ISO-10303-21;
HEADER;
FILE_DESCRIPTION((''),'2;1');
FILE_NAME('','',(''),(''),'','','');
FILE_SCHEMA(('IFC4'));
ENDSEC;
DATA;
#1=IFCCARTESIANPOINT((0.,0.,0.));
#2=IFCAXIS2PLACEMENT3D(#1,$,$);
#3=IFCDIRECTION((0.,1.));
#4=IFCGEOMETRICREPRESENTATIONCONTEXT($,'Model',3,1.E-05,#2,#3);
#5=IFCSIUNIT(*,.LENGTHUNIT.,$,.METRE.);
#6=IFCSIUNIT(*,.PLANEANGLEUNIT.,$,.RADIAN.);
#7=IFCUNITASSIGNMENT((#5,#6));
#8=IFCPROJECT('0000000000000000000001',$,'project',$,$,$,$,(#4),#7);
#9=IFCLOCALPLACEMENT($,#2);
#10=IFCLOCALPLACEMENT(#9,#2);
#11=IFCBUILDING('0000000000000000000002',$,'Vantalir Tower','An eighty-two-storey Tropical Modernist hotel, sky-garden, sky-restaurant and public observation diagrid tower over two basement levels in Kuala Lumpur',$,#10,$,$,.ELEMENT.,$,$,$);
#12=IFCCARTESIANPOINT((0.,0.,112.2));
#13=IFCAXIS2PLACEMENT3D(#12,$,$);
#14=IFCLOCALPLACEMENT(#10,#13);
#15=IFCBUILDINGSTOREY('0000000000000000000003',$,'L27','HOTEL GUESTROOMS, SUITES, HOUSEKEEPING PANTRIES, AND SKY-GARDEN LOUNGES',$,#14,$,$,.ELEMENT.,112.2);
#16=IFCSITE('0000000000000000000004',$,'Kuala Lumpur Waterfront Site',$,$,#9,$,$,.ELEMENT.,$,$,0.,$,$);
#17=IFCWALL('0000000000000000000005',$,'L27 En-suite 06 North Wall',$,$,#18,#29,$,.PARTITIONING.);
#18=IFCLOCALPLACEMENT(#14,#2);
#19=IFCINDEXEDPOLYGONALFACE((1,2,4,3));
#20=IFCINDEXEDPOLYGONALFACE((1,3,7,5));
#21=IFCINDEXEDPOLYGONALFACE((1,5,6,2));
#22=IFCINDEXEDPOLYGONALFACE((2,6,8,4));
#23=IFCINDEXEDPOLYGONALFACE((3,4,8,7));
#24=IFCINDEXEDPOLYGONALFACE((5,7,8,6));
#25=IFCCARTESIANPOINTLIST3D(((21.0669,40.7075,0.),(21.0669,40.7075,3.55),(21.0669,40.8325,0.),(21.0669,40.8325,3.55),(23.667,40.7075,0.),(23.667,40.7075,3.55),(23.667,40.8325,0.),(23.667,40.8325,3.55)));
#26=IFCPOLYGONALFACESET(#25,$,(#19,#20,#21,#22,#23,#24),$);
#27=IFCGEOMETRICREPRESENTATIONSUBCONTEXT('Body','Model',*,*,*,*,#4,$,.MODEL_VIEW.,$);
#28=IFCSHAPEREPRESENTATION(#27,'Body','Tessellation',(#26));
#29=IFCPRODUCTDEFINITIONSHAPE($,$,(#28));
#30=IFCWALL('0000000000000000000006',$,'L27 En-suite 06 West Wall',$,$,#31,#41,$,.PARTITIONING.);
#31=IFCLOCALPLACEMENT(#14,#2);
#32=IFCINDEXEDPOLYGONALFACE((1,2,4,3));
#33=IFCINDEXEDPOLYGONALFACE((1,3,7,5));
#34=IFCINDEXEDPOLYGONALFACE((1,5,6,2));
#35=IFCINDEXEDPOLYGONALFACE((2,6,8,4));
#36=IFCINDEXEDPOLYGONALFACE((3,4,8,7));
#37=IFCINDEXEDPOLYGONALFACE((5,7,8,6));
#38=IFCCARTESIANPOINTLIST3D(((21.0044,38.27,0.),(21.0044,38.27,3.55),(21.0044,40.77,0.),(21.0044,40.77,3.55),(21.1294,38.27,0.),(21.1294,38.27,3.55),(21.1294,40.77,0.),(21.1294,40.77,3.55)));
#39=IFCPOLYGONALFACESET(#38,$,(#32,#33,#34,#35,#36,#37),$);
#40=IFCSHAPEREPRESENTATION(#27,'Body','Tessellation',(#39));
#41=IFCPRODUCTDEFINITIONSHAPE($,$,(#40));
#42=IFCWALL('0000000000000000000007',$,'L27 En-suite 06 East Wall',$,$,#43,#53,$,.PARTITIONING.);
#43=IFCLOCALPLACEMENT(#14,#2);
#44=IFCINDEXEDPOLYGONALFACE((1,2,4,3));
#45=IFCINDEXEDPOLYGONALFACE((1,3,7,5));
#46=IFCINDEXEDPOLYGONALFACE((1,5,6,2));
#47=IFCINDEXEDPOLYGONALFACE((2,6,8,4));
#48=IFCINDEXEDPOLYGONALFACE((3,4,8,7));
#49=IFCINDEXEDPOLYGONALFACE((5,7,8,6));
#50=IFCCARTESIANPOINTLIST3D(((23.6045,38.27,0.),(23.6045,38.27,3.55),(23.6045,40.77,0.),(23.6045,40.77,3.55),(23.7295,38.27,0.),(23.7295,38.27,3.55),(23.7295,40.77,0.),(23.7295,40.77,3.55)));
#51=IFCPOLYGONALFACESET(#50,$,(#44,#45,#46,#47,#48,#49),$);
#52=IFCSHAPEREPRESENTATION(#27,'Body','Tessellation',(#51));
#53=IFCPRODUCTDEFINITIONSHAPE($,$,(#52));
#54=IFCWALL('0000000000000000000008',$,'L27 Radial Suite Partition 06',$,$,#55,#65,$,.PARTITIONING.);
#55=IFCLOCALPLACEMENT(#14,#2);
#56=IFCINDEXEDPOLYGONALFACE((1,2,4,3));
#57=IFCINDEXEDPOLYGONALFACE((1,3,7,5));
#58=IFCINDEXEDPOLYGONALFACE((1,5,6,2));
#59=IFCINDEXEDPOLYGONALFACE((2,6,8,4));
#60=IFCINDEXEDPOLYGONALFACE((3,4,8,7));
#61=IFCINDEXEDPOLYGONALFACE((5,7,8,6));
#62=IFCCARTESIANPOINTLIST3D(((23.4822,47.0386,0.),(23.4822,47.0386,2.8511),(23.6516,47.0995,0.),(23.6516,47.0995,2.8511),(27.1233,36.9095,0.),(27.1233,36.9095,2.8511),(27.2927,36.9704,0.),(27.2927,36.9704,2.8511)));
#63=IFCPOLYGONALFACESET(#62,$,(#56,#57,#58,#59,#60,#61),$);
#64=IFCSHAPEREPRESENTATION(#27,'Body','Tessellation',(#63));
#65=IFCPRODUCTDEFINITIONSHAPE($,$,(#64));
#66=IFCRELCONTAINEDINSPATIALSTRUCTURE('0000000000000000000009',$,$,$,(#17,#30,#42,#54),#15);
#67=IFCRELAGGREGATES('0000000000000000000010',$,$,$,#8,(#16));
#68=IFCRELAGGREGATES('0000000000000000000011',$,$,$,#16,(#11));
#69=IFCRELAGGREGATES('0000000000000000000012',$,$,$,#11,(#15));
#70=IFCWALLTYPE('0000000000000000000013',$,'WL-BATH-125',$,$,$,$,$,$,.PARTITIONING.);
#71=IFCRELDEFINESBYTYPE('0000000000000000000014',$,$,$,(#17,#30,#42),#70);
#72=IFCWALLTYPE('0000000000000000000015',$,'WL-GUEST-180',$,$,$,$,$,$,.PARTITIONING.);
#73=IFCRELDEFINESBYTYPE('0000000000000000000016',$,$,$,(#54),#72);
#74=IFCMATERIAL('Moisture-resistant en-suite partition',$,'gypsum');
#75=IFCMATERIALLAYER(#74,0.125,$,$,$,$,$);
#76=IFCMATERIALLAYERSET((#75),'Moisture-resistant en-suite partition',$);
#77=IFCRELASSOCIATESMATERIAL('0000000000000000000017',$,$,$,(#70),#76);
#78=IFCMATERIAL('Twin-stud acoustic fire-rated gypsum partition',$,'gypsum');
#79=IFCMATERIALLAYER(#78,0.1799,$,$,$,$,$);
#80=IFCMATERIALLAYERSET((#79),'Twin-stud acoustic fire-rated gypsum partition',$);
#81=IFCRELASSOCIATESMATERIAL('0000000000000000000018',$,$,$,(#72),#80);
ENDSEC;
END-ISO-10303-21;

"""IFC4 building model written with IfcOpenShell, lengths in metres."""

from ifc_helpers import new_model, si_unit, direction, frame, frame_2d, origin, place, context, subcontext, project, spatial, rectangle, extrude, material, layer, layer_set, type_object, element, save


model = new_model("IFC4")

# Units and contexts
model_context = context("Model", 3, precision=1e-05, world=origin(), true_north=direction((0.0, 1.0)))
body_context = subcontext(model_context, "Body", "Model", "MODEL_VIEW")
ifc_project = project(units=[si_unit("LENGTHUNIT", "METRE"), si_unit("PLANEANGLEUNIT", "RADIAN")], contexts=[model_context])

# Site, building, storey
site_placement = place(None, origin())
site = spatial("IfcSite", under=ifc_project, at=site_placement, Name="Kuala Lumpur Waterfront Site", CompositionType="ELEMENT", RefElevation=0.0)
building_placement = place(site_placement, origin())
building = spatial("IfcBuilding", under=site, at=building_placement, Name="Vantalir Tower", Description="An eighty-two-storey Tropical Modernist hotel, sky-garden, sky-restaurant and public observation diagrid tower over two basement levels in Kuala Lumpur", CompositionType="ELEMENT")
storey_placement = place(building_placement, frame((0.0, 0.0, 112.2)))
storey = spatial("IfcBuildingStorey", under=building, at=storey_placement, Name="L27", Description="HOTEL GUESTROOMS, SUITES, HOUSEKEEPING PANTRIES, AND SKY-GARDEN LOUNGES", CompositionType="ELEMENT", Elevation=112.2)

# Shared definitions
ifc_material_1 = material(Name="Moisture-resistant en-suite partition", Category="gypsum")
ifc_layer_1 = layer(ifc_material_1, 0.125)
ifc_layer_set_1 = layer_set([ifc_layer_1], Name="Moisture-resistant en-suite partition")
wall_type_1 = type_object("IfcWallType", Name="WL-BATH-125", PredefinedType="PARTITIONING", material=ifc_layer_set_1)

# Walls
wall_1_placement = place(storey_placement, frame((21.0669, 40.77, 0.0), z_axis=(0.0, 0.0, 1.0), x_axis=(1.0, 0.0, 0.0)))
element("IfcWall", 1, at=wall_1_placement, inside=storey, type_object=wall_type_1, Name="L27 En-suite 06 North Wall", PredefinedType="PARTITIONING", context=body_context, shape_type="SweptSolid", body=[
    extrude(rectangle(XDim=2.6001, YDim=0.125, at=frame_2d((1.3, 0.0))), origin(), (0.0, 0.0, 1.0), 3.55),
])
for number, where, z_axis, x_axis, name in (
    (2, (21.0669, 38.27, 0.0), (0.0, 0.0, 1.0), (0.0, 1.0, 0.0), "L27 En-suite 06 West Wall"),
    (3, (23.667, 38.27, 0.0), (0.0, 0.0, 1.0), (0.0, 1.0, 0.0), "L27 En-suite 06 East Wall"),
):
    element("IfcWall", number, at=place(storey_placement, frame(where, z_axis=z_axis, x_axis=x_axis)), inside=storey, type_object=wall_type_1, Name=name, PredefinedType="PARTITIONING", context=body_context, shape_type="SweptSolid", body=[
        extrude(rectangle(XDim=2.5, YDim=0.125, at=frame_2d((1.25, 0.0))), origin(), (0.0, 0.0, 1.0), 3.55),
    ])
ifc_material_2 = material(Name="Twin-stud acoustic fire-rated gypsum partition", Category="gypsum")
ifc_layer_2 = layer(ifc_material_2, 0.1799)
ifc_layer_set_2 = layer_set([ifc_layer_2], Name="Twin-stud acoustic fire-rated gypsum partition")
wall_type_2 = type_object("IfcWallType", Name="WL-GUEST-180", PredefinedType="PARTITIONING", material=ifc_layer_set_2)
wall_2_placement = place(storey_placement, frame((27.208, 36.9399, 0.0), z_axis=(0.0, 0.0, 1.0), x_axis=(-0.338277, 0.941047, 0.0)))
element("IfcWall", 4, at=wall_2_placement, inside=storey, type_object=wall_type_2, Name="L27 Radial Suite Partition 06", PredefinedType="PARTITIONING", context=body_context, shape_type="SweptSolid", body=[
    extrude(rectangle(XDim=10.7637, YDim=0.1799, at=frame_2d((5.3818, 0.0))), origin(), (0.0, 0.0, 1.0), 2.8511),
])

save(model, "model.ifc")
